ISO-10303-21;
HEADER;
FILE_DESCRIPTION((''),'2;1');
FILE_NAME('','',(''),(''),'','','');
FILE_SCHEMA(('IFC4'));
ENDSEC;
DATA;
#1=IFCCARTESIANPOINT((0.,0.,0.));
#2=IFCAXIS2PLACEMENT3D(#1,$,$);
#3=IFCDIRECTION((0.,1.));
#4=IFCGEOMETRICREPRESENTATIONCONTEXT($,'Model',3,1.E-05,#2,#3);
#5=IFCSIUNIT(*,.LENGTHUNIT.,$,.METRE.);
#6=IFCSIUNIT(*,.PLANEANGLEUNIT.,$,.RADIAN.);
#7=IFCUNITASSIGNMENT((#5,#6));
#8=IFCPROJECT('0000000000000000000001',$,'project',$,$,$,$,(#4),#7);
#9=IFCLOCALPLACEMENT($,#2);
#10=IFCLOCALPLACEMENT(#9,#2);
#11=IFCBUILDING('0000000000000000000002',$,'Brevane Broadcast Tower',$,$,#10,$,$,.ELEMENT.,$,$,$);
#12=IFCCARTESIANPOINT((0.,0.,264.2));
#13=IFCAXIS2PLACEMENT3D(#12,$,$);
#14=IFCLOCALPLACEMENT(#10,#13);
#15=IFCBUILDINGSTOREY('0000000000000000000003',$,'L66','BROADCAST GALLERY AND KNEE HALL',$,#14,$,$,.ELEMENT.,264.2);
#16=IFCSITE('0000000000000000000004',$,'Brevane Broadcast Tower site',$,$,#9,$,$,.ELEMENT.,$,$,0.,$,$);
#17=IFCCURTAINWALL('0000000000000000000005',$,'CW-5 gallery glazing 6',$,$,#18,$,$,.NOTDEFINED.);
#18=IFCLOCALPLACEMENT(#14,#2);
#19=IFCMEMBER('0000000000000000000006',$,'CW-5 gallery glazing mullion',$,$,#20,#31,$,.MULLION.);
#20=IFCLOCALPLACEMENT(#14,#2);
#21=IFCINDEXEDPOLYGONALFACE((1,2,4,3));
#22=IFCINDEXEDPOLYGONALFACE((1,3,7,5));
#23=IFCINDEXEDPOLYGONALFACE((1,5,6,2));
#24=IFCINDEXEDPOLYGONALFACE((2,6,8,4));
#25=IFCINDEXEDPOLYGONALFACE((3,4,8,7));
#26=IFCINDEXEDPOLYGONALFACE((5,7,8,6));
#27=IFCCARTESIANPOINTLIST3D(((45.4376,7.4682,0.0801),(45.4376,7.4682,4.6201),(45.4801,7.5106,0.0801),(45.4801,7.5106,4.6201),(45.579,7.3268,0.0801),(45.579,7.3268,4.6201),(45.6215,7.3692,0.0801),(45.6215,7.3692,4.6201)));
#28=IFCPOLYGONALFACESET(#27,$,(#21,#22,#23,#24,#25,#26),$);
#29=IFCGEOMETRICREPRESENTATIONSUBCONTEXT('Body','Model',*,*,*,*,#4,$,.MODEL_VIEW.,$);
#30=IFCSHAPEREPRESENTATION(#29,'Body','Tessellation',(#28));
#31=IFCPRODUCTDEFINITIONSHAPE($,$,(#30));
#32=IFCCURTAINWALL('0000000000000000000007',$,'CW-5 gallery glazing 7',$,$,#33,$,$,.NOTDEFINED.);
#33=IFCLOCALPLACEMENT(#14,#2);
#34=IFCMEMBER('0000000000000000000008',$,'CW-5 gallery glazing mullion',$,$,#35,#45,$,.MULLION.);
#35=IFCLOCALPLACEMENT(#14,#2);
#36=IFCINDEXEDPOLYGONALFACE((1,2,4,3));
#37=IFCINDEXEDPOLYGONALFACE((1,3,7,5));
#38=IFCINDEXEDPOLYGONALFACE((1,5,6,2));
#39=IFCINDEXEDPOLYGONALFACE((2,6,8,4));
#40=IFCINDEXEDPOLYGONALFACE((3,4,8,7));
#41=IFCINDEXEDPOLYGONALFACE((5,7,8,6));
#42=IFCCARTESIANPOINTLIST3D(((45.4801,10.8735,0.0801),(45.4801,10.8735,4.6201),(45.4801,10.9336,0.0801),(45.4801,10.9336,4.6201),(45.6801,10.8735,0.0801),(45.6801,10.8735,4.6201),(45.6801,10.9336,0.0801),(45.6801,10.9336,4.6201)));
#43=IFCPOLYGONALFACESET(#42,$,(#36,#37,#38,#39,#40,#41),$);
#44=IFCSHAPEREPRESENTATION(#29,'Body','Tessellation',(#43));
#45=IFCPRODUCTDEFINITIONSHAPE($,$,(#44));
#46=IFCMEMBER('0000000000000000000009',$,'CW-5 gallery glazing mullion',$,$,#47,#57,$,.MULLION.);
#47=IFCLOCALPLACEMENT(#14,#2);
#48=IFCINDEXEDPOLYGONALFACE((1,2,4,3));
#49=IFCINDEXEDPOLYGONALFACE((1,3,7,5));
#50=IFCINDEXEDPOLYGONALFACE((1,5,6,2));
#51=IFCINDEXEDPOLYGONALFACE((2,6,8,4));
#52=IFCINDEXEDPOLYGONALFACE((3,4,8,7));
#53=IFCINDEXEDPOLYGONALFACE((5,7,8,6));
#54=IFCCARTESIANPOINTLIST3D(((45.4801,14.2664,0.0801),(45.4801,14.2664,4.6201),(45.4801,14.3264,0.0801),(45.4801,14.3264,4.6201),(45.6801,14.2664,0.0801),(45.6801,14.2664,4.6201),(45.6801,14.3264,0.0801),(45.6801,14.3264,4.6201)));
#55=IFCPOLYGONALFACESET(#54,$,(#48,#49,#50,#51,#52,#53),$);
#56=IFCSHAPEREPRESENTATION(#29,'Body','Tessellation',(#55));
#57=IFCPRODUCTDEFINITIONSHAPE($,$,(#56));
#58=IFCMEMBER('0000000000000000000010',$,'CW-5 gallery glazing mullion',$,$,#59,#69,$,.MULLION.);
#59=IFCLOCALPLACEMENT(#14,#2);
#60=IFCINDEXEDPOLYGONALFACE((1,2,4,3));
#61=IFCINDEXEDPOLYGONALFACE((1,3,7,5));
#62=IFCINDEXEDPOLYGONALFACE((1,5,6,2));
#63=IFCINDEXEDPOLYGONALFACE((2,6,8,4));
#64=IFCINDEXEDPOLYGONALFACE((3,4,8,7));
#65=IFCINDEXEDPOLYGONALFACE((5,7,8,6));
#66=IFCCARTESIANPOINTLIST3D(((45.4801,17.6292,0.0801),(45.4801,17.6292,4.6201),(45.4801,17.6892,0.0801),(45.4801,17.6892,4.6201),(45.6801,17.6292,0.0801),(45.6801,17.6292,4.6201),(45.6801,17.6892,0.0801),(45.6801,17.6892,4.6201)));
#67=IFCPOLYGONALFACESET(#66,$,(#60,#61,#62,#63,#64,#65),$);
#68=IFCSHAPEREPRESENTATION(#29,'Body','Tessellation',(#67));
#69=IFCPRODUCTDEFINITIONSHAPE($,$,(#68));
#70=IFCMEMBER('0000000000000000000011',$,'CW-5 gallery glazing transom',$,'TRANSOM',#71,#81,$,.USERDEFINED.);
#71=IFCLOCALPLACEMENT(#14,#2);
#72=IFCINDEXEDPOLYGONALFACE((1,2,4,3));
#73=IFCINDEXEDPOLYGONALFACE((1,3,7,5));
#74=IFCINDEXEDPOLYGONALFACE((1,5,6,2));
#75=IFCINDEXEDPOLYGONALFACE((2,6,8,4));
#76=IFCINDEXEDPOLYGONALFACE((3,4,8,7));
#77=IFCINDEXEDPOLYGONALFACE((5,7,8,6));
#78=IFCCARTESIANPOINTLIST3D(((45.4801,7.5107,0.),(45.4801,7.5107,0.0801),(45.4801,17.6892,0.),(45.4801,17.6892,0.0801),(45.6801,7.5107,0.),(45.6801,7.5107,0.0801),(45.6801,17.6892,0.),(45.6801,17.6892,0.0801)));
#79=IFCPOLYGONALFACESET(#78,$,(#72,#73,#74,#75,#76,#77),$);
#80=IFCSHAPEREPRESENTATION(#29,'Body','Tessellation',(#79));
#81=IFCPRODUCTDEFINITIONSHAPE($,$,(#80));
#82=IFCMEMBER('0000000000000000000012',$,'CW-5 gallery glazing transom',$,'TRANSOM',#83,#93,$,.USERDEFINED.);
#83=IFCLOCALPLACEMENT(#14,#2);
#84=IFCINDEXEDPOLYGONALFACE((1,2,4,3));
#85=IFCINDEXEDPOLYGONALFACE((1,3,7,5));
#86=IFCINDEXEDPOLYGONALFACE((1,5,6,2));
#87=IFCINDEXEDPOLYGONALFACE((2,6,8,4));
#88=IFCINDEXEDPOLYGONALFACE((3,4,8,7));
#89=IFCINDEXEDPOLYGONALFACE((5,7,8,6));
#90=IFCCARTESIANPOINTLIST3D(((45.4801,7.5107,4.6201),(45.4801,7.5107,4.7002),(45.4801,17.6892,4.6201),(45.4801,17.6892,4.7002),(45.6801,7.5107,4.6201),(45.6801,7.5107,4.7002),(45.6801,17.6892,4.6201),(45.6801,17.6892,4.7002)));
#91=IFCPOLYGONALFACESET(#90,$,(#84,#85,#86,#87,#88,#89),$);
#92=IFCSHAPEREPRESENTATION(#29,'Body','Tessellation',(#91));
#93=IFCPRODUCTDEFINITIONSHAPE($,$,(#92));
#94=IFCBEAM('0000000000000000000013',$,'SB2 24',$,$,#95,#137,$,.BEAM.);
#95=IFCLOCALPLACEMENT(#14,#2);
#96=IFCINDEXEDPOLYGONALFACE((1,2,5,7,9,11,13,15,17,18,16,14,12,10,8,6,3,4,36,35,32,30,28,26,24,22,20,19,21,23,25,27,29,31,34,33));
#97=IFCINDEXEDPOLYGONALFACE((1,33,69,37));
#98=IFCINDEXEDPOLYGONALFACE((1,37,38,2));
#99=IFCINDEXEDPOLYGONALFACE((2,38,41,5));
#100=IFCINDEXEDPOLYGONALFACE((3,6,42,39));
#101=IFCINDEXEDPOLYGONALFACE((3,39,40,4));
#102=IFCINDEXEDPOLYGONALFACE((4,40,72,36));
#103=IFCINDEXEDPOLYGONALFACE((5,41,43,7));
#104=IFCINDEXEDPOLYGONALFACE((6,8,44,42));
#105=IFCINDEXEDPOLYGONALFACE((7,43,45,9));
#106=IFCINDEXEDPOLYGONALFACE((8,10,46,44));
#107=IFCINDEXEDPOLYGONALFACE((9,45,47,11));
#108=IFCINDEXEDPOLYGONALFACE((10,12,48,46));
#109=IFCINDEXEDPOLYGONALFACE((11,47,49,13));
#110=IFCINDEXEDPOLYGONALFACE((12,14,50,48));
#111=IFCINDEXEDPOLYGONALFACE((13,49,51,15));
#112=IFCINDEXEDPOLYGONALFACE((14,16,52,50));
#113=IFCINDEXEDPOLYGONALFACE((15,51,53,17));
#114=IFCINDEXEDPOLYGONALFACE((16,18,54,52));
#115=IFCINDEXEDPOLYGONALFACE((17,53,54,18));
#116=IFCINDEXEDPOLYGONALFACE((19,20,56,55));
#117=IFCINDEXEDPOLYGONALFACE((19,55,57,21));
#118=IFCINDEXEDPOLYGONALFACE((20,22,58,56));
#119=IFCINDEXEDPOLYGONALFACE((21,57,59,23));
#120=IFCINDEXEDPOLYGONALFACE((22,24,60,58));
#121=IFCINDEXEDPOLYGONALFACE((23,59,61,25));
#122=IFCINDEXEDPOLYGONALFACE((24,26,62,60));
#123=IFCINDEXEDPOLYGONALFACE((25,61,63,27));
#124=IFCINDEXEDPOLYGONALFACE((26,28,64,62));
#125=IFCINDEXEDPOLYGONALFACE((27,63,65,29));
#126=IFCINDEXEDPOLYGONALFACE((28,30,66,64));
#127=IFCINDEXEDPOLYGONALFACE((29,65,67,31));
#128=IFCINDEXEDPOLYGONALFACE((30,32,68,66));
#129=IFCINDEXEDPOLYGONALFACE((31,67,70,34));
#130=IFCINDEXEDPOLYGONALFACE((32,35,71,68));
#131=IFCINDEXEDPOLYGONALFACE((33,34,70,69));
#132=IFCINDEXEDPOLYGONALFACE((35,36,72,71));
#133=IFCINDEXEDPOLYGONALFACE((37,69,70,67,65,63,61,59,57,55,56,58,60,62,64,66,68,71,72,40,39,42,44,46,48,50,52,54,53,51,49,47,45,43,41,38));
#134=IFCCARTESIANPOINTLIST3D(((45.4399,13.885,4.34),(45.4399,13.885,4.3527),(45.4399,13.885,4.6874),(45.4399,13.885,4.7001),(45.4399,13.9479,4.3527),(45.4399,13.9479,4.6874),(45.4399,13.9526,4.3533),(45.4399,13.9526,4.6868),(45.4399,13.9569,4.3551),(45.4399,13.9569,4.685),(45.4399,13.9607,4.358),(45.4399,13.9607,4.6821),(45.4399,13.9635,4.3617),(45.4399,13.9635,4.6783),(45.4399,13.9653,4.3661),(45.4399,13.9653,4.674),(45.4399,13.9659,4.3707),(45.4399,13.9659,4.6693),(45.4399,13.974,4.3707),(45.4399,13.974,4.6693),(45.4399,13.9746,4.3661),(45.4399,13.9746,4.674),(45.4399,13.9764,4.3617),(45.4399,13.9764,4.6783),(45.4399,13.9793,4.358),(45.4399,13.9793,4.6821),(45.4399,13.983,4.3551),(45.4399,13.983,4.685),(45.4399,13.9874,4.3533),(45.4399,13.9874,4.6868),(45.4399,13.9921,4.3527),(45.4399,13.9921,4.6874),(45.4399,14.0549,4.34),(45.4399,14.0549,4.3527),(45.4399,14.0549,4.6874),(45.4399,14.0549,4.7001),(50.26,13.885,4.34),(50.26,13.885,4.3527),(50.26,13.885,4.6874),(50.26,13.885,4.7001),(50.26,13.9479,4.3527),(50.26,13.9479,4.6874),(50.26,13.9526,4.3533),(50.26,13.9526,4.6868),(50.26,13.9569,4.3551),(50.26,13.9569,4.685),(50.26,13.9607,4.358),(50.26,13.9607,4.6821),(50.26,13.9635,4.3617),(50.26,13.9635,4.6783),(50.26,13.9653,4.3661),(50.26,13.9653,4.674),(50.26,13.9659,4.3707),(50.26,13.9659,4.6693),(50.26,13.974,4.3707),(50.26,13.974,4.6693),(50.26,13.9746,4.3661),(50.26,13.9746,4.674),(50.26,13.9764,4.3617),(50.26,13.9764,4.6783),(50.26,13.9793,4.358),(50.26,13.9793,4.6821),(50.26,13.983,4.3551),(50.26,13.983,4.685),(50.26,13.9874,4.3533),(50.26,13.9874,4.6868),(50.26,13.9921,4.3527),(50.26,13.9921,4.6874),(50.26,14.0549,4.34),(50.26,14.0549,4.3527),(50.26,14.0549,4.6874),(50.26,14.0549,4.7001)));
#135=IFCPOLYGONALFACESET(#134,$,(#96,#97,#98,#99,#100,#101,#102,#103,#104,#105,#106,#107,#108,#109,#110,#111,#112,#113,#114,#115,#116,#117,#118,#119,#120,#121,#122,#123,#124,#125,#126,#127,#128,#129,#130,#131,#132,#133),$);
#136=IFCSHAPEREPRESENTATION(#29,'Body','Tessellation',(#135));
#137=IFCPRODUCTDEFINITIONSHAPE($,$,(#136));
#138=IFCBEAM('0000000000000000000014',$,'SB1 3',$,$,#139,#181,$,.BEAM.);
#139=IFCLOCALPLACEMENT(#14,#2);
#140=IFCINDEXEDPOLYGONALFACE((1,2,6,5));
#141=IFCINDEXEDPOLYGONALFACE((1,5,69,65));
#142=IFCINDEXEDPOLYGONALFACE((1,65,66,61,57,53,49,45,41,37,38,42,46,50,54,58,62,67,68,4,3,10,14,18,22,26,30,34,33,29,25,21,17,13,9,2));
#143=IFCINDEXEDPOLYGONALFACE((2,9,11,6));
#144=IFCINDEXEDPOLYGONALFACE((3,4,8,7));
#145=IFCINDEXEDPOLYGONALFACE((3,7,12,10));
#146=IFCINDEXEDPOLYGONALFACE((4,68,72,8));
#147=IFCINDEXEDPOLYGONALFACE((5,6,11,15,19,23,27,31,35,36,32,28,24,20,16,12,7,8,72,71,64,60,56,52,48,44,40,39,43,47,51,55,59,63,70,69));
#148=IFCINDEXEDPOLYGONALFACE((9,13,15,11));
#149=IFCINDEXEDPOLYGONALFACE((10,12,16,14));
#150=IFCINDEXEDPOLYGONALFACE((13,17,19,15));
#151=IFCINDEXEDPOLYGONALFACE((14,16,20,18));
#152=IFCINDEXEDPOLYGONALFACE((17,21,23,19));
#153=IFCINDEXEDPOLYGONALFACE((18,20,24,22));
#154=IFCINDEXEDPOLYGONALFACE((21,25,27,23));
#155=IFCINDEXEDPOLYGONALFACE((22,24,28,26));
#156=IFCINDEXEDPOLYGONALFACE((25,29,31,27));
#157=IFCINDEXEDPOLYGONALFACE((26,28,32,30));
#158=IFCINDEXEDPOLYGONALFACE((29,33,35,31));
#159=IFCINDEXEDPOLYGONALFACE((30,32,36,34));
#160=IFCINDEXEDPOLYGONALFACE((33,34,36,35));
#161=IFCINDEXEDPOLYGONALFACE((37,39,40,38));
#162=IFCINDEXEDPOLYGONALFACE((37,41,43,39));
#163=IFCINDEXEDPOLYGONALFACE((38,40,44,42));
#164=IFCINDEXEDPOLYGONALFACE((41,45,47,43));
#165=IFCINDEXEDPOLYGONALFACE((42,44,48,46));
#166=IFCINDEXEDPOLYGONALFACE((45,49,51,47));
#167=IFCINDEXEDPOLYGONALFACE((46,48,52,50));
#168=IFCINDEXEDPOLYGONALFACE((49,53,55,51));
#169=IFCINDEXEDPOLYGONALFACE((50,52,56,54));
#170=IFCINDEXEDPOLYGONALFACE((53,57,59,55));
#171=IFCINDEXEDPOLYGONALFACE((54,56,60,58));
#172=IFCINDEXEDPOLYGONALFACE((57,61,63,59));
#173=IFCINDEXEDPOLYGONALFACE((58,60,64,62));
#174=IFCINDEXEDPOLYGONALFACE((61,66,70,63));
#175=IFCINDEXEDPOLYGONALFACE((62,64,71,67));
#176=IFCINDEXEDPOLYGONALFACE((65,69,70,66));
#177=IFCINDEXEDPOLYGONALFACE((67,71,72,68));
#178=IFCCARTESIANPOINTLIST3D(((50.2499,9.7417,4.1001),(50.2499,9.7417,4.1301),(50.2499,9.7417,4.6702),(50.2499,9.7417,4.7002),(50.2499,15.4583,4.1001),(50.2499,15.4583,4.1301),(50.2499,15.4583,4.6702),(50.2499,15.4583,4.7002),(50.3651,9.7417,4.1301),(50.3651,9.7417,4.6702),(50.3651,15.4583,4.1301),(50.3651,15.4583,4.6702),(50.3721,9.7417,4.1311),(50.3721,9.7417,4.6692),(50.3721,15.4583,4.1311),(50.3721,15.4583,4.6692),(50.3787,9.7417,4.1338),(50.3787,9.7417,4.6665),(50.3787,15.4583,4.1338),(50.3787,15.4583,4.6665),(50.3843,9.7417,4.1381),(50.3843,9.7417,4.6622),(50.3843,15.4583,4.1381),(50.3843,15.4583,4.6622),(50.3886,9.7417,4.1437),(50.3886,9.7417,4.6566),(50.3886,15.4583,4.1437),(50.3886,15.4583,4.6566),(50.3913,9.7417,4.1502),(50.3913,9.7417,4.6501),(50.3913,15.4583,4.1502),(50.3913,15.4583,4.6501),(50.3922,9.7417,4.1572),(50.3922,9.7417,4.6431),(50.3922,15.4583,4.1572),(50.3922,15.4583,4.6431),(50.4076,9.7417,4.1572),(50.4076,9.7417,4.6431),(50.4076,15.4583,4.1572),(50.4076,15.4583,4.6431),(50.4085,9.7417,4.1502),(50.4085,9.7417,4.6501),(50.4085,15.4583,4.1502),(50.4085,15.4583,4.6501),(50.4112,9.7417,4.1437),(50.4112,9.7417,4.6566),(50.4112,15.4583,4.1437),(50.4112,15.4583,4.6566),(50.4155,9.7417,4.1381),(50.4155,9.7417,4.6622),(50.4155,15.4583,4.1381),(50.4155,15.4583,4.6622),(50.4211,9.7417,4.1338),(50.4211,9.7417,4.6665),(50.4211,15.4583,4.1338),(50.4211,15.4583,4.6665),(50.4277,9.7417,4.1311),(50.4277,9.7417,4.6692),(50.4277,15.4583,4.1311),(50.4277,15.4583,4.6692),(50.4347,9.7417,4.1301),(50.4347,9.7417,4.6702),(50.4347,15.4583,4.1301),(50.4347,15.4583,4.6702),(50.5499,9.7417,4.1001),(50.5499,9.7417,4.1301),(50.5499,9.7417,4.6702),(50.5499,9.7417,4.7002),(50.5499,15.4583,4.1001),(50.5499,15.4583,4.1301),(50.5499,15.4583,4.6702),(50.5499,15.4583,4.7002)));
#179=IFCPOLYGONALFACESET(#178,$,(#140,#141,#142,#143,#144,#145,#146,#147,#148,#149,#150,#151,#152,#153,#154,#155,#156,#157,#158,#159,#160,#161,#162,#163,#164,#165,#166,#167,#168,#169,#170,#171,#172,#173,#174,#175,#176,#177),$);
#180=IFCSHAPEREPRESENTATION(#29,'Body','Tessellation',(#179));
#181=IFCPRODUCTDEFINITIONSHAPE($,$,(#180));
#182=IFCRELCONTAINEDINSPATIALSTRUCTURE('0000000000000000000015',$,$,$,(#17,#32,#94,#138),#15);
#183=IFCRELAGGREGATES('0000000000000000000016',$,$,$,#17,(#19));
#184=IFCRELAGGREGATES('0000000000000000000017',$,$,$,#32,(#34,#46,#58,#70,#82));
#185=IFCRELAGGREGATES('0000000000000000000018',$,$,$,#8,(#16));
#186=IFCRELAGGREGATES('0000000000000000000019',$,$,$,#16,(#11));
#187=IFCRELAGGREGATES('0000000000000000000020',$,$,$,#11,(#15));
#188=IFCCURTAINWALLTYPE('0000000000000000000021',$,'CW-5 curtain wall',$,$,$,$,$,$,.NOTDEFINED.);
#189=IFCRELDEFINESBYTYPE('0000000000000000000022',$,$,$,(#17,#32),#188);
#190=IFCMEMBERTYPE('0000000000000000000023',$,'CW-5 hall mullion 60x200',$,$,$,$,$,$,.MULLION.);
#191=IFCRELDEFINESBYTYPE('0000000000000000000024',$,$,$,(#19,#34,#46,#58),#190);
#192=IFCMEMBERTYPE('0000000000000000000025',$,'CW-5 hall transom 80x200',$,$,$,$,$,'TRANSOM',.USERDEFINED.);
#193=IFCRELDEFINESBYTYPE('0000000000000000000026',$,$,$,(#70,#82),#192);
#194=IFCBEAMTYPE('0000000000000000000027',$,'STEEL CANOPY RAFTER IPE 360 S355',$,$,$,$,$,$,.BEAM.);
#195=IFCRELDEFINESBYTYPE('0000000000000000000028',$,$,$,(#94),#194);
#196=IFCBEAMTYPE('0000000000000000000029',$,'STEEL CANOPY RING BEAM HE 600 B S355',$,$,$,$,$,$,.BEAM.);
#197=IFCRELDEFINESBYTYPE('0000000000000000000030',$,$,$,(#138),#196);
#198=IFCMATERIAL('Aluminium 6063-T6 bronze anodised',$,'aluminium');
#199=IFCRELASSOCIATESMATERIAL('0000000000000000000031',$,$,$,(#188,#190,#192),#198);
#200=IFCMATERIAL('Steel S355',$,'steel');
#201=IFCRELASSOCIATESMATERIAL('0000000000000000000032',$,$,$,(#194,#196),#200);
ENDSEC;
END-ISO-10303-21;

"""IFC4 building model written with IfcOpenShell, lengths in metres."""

from ifc_helpers import new_model, si_unit, direction, frame, origin, origin_2d, place, context, subcontext, project, spatial, rectangle, i_section, extrude, material, material_profile, profile_set, type_object, element, aggregate, save


model = new_model("IFC4")

# Units and contexts
model_context = context("Model", 3, precision=1e-05, world=origin(), true_north=direction((0.0, 1.0)))
body_context = subcontext(model_context, "Body", "Model", "MODEL_VIEW")
ifc_project = project(units=[si_unit("LENGTHUNIT", "METRE"), si_unit("PLANEANGLEUNIT", "RADIAN")], contexts=[model_context])

# Site, building, storey
site_placement = place(None, origin())
site = spatial("IfcSite", under=ifc_project, at=site_placement, Name="Brevane Broadcast Tower site", CompositionType="ELEMENT", RefElevation=0.0)
building_placement = place(site_placement, origin())
building = spatial("IfcBuilding", under=site, at=building_placement, Name="Brevane Broadcast Tower", CompositionType="ELEMENT")
storey_placement = place(building_placement, frame((0.0, 0.0, 264.2)))
storey = spatial("IfcBuildingStorey", under=building, at=storey_placement, Name="L66", Description="BROADCAST GALLERY AND KNEE HALL", CompositionType="ELEMENT", Elevation=264.2)

# Curtain wall, member
ifc_material_1 = material(Name="Aluminium 6063-T6 bronze anodised", Category="aluminium")
curtain_wall_type = type_object("IfcCurtainWallType", Name="CW-5 curtain wall", PredefinedType="NOTDEFINED", material=ifc_material_1)
curtain_wall_1_placement = place(storey_placement, origin())
curtain_wall_1 = element("IfcCurtainWall", 1, at=curtain_wall_1_placement, inside=storey, type_object=curtain_wall_type, Name="CW-5 gallery glazing 6", PredefinedType="NOTDEFINED")
ifc_material_profile_1 = material_profile(ifc_material_1, rectangle(XDim=0.2, YDim=0.0601, at=origin_2d()), Name="RECT 60x200")
ifc_profile_set_1 = profile_set([ifc_material_profile_1], Name="Aluminium 6063-T6 bronze anodised")
member_type_1 = type_object("IfcMemberType", Name="CW-5 hall mullion 60x200", PredefinedType="MULLION", material=ifc_profile_set_1)
member_1_placement = place(storey_placement, frame((45.5295, 7.4187, 0.0801), z_axis=(0.0, 0.0, 1.0), x_axis=(-0.707107, 0.707107, 0.0)))
member_1 = element("IfcMember", 2, at=member_1_placement, type_object=member_type_1, Name="CW-5 gallery glazing mullion", PredefinedType="MULLION", context=body_context, shape_type="SweptSolid", body=[
    extrude(rectangle(XDim=0.2, YDim=0.0601, at=origin_2d()), origin(), (0.0, 0.0, 1.0), 4.54),
])
aggregate(curtain_wall_1, [member_1])

# Curtain wall, members
curtain_wall_2_placement = place(storey_placement, origin())
curtain_wall_2 = element("IfcCurtainWall", 3, at=curtain_wall_2_placement, inside=storey, type_object=curtain_wall_type, Name="CW-5 gallery glazing 7", PredefinedType="NOTDEFINED")
member_2_placement = place(storey_placement, frame((45.5801, 10.9036, 0.0801), z_axis=(0.0, 0.0, 1.0), x_axis=(-1.0, 0.0, 0.0)))
member_2 = element("IfcMember", 4, at=member_2_placement, type_object=member_type_1, Name="CW-5 gallery glazing mullion", PredefinedType="MULLION", context=body_context, shape_type="SweptSolid", body=[
    extrude(rectangle(XDim=0.2, YDim=0.0601, at=origin_2d()), origin(), (0.0, 0.0, 1.0), 4.54),
])
member_3_placement = place(storey_placement, frame((45.5801, 14.2964, 0.0801), z_axis=(0.0, 0.0, 1.0), x_axis=(-1.0, 0.0, 0.0)))
member_3 = element("IfcMember", 5, at=member_3_placement, type_object=member_type_1, Name="CW-5 gallery glazing mullion", PredefinedType="MULLION", context=body_context, shape_type="SweptSolid", body=[
    extrude(rectangle(XDim=0.2, YDim=0.0601, at=origin_2d()), origin(), (0.0, 0.0, 1.0), 4.54),
])
member_4_placement = place(storey_placement, frame((45.5801, 17.6592, 0.0801), z_axis=(0.0, 0.0, 1.0), x_axis=(-1.0, 0.0, 0.0)))
member_4 = element("IfcMember", 6, at=member_4_placement, type_object=member_type_1, Name="CW-5 gallery glazing mullion", PredefinedType="MULLION", context=body_context, shape_type="SweptSolid", body=[
    extrude(rectangle(XDim=0.2, YDim=0.0601, at=origin_2d()), origin(), (0.0, 0.0, 1.0), 4.54),
])
ifc_material_profile_2 = material_profile(ifc_material_1, rectangle(XDim=0.2, YDim=0.0801, at=origin_2d()), Name="RECT 80x200")
ifc_profile_set_2 = profile_set([ifc_material_profile_2], Name="Aluminium 6063-T6 bronze anodised")
member_type_2 = type_object("IfcMemberType", Name="CW-5 hall transom 80x200", ElementType="TRANSOM", PredefinedType="USERDEFINED", material=ifc_profile_set_2)
member_5_placement = place(storey_placement, frame((45.5801, 7.5107, 0.04), z_axis=(0.0, 1.0, 0.0), x_axis=(-1.0, 0.0, 0.0)))
member_5 = element("IfcMember", 7, at=member_5_placement, type_object=member_type_2, Name="CW-5 gallery glazing transom", ObjectType="TRANSOM", PredefinedType="USERDEFINED", context=body_context, shape_type="SweptSolid", body=[
    extrude(rectangle(XDim=0.2, YDim=0.0801, at=origin_2d()), origin(), (0.0, 0.0, 1.0), 10.1785),
])
member_6_placement = place(storey_placement, frame((45.5801, 7.5107, 4.6602), z_axis=(0.0, 1.0, 0.0), x_axis=(-1.0, 0.0, 0.0)))
member_6 = element("IfcMember", 8, at=member_6_placement, type_object=member_type_2, Name="CW-5 gallery glazing transom", ObjectType="TRANSOM", PredefinedType="USERDEFINED", context=body_context, shape_type="SweptSolid", body=[
    extrude(rectangle(XDim=0.2, YDim=0.0801, at=origin_2d()), origin(), (0.0, 0.0, 1.0), 10.1785),
])

# Beams
ifc_material_2 = material(Name="Steel S355", Category="steel")
ifc_material_profile_3 = material_profile(ifc_material_2, i_section(OverallWidth=0.1699, OverallDepth=0.3601, WebThickness=0.0081, FlangeThickness=0.0127, FilletRadius=0.0181, at=origin_2d()), Name="IPE 360")
ifc_profile_set_3 = profile_set([ifc_material_profile_3], Name="Steel S355")
beam_type_1 = type_object("IfcBeamType", Name="STEEL CANOPY RAFTER IPE 360 S355", PredefinedType="BEAM", material=ifc_profile_set_3)
beam_1_placement = place(storey_placement, frame((45.4399, 13.97, 4.52), z_axis=(1.0, 0.0, 0.0), x_axis=(0.0, 1.0, 0.0)))
element("IfcBeam", 9, at=beam_1_placement, inside=storey, type_object=beam_type_1, Name="SB2 24", PredefinedType="BEAM", context=body_context, shape_type="SweptSolid", body=[
    extrude(i_section(OverallWidth=0.1699, OverallDepth=0.3601, WebThickness=0.0081, FlangeThickness=0.0127, FilletRadius=0.0181, at=origin_2d()), origin(), (0.0, 0.0, 1.0), 4.8201),
])
ifc_material_profile_4 = material_profile(ifc_material_2, i_section(OverallWidth=0.3, OverallDepth=0.6001, WebThickness=0.0154, FlangeThickness=0.03, FilletRadius=0.0271, at=origin_2d()), Name="HE 600 B")
ifc_profile_set_4 = profile_set([ifc_material_profile_4], Name="Steel S355")
beam_type_2 = type_object("IfcBeamType", Name="STEEL CANOPY RING BEAM HE 600 B S355", PredefinedType="BEAM", material=ifc_profile_set_4)
beam_2_placement = place(storey_placement, frame((50.3999, 9.7417, 4.4001), z_axis=(0.0, 1.0, 0.0), x_axis=(-1.0, 0.0, 0.0)))
element("IfcBeam", 10, at=beam_2_placement, inside=storey, type_object=beam_type_2, Name="SB1 3", PredefinedType="BEAM", context=body_context, shape_type="SweptSolid", body=[
    extrude(i_section(OverallWidth=0.3, OverallDepth=0.6001, WebThickness=0.0154, FlangeThickness=0.03, FilletRadius=0.0271, at=origin_2d()), origin(), (0.0, 0.0, 1.0), 5.7166),
])

aggregate(curtain_wall_2, [member_2, member_3, member_4, member_5, member_6])

save(model, "model.ifc")
